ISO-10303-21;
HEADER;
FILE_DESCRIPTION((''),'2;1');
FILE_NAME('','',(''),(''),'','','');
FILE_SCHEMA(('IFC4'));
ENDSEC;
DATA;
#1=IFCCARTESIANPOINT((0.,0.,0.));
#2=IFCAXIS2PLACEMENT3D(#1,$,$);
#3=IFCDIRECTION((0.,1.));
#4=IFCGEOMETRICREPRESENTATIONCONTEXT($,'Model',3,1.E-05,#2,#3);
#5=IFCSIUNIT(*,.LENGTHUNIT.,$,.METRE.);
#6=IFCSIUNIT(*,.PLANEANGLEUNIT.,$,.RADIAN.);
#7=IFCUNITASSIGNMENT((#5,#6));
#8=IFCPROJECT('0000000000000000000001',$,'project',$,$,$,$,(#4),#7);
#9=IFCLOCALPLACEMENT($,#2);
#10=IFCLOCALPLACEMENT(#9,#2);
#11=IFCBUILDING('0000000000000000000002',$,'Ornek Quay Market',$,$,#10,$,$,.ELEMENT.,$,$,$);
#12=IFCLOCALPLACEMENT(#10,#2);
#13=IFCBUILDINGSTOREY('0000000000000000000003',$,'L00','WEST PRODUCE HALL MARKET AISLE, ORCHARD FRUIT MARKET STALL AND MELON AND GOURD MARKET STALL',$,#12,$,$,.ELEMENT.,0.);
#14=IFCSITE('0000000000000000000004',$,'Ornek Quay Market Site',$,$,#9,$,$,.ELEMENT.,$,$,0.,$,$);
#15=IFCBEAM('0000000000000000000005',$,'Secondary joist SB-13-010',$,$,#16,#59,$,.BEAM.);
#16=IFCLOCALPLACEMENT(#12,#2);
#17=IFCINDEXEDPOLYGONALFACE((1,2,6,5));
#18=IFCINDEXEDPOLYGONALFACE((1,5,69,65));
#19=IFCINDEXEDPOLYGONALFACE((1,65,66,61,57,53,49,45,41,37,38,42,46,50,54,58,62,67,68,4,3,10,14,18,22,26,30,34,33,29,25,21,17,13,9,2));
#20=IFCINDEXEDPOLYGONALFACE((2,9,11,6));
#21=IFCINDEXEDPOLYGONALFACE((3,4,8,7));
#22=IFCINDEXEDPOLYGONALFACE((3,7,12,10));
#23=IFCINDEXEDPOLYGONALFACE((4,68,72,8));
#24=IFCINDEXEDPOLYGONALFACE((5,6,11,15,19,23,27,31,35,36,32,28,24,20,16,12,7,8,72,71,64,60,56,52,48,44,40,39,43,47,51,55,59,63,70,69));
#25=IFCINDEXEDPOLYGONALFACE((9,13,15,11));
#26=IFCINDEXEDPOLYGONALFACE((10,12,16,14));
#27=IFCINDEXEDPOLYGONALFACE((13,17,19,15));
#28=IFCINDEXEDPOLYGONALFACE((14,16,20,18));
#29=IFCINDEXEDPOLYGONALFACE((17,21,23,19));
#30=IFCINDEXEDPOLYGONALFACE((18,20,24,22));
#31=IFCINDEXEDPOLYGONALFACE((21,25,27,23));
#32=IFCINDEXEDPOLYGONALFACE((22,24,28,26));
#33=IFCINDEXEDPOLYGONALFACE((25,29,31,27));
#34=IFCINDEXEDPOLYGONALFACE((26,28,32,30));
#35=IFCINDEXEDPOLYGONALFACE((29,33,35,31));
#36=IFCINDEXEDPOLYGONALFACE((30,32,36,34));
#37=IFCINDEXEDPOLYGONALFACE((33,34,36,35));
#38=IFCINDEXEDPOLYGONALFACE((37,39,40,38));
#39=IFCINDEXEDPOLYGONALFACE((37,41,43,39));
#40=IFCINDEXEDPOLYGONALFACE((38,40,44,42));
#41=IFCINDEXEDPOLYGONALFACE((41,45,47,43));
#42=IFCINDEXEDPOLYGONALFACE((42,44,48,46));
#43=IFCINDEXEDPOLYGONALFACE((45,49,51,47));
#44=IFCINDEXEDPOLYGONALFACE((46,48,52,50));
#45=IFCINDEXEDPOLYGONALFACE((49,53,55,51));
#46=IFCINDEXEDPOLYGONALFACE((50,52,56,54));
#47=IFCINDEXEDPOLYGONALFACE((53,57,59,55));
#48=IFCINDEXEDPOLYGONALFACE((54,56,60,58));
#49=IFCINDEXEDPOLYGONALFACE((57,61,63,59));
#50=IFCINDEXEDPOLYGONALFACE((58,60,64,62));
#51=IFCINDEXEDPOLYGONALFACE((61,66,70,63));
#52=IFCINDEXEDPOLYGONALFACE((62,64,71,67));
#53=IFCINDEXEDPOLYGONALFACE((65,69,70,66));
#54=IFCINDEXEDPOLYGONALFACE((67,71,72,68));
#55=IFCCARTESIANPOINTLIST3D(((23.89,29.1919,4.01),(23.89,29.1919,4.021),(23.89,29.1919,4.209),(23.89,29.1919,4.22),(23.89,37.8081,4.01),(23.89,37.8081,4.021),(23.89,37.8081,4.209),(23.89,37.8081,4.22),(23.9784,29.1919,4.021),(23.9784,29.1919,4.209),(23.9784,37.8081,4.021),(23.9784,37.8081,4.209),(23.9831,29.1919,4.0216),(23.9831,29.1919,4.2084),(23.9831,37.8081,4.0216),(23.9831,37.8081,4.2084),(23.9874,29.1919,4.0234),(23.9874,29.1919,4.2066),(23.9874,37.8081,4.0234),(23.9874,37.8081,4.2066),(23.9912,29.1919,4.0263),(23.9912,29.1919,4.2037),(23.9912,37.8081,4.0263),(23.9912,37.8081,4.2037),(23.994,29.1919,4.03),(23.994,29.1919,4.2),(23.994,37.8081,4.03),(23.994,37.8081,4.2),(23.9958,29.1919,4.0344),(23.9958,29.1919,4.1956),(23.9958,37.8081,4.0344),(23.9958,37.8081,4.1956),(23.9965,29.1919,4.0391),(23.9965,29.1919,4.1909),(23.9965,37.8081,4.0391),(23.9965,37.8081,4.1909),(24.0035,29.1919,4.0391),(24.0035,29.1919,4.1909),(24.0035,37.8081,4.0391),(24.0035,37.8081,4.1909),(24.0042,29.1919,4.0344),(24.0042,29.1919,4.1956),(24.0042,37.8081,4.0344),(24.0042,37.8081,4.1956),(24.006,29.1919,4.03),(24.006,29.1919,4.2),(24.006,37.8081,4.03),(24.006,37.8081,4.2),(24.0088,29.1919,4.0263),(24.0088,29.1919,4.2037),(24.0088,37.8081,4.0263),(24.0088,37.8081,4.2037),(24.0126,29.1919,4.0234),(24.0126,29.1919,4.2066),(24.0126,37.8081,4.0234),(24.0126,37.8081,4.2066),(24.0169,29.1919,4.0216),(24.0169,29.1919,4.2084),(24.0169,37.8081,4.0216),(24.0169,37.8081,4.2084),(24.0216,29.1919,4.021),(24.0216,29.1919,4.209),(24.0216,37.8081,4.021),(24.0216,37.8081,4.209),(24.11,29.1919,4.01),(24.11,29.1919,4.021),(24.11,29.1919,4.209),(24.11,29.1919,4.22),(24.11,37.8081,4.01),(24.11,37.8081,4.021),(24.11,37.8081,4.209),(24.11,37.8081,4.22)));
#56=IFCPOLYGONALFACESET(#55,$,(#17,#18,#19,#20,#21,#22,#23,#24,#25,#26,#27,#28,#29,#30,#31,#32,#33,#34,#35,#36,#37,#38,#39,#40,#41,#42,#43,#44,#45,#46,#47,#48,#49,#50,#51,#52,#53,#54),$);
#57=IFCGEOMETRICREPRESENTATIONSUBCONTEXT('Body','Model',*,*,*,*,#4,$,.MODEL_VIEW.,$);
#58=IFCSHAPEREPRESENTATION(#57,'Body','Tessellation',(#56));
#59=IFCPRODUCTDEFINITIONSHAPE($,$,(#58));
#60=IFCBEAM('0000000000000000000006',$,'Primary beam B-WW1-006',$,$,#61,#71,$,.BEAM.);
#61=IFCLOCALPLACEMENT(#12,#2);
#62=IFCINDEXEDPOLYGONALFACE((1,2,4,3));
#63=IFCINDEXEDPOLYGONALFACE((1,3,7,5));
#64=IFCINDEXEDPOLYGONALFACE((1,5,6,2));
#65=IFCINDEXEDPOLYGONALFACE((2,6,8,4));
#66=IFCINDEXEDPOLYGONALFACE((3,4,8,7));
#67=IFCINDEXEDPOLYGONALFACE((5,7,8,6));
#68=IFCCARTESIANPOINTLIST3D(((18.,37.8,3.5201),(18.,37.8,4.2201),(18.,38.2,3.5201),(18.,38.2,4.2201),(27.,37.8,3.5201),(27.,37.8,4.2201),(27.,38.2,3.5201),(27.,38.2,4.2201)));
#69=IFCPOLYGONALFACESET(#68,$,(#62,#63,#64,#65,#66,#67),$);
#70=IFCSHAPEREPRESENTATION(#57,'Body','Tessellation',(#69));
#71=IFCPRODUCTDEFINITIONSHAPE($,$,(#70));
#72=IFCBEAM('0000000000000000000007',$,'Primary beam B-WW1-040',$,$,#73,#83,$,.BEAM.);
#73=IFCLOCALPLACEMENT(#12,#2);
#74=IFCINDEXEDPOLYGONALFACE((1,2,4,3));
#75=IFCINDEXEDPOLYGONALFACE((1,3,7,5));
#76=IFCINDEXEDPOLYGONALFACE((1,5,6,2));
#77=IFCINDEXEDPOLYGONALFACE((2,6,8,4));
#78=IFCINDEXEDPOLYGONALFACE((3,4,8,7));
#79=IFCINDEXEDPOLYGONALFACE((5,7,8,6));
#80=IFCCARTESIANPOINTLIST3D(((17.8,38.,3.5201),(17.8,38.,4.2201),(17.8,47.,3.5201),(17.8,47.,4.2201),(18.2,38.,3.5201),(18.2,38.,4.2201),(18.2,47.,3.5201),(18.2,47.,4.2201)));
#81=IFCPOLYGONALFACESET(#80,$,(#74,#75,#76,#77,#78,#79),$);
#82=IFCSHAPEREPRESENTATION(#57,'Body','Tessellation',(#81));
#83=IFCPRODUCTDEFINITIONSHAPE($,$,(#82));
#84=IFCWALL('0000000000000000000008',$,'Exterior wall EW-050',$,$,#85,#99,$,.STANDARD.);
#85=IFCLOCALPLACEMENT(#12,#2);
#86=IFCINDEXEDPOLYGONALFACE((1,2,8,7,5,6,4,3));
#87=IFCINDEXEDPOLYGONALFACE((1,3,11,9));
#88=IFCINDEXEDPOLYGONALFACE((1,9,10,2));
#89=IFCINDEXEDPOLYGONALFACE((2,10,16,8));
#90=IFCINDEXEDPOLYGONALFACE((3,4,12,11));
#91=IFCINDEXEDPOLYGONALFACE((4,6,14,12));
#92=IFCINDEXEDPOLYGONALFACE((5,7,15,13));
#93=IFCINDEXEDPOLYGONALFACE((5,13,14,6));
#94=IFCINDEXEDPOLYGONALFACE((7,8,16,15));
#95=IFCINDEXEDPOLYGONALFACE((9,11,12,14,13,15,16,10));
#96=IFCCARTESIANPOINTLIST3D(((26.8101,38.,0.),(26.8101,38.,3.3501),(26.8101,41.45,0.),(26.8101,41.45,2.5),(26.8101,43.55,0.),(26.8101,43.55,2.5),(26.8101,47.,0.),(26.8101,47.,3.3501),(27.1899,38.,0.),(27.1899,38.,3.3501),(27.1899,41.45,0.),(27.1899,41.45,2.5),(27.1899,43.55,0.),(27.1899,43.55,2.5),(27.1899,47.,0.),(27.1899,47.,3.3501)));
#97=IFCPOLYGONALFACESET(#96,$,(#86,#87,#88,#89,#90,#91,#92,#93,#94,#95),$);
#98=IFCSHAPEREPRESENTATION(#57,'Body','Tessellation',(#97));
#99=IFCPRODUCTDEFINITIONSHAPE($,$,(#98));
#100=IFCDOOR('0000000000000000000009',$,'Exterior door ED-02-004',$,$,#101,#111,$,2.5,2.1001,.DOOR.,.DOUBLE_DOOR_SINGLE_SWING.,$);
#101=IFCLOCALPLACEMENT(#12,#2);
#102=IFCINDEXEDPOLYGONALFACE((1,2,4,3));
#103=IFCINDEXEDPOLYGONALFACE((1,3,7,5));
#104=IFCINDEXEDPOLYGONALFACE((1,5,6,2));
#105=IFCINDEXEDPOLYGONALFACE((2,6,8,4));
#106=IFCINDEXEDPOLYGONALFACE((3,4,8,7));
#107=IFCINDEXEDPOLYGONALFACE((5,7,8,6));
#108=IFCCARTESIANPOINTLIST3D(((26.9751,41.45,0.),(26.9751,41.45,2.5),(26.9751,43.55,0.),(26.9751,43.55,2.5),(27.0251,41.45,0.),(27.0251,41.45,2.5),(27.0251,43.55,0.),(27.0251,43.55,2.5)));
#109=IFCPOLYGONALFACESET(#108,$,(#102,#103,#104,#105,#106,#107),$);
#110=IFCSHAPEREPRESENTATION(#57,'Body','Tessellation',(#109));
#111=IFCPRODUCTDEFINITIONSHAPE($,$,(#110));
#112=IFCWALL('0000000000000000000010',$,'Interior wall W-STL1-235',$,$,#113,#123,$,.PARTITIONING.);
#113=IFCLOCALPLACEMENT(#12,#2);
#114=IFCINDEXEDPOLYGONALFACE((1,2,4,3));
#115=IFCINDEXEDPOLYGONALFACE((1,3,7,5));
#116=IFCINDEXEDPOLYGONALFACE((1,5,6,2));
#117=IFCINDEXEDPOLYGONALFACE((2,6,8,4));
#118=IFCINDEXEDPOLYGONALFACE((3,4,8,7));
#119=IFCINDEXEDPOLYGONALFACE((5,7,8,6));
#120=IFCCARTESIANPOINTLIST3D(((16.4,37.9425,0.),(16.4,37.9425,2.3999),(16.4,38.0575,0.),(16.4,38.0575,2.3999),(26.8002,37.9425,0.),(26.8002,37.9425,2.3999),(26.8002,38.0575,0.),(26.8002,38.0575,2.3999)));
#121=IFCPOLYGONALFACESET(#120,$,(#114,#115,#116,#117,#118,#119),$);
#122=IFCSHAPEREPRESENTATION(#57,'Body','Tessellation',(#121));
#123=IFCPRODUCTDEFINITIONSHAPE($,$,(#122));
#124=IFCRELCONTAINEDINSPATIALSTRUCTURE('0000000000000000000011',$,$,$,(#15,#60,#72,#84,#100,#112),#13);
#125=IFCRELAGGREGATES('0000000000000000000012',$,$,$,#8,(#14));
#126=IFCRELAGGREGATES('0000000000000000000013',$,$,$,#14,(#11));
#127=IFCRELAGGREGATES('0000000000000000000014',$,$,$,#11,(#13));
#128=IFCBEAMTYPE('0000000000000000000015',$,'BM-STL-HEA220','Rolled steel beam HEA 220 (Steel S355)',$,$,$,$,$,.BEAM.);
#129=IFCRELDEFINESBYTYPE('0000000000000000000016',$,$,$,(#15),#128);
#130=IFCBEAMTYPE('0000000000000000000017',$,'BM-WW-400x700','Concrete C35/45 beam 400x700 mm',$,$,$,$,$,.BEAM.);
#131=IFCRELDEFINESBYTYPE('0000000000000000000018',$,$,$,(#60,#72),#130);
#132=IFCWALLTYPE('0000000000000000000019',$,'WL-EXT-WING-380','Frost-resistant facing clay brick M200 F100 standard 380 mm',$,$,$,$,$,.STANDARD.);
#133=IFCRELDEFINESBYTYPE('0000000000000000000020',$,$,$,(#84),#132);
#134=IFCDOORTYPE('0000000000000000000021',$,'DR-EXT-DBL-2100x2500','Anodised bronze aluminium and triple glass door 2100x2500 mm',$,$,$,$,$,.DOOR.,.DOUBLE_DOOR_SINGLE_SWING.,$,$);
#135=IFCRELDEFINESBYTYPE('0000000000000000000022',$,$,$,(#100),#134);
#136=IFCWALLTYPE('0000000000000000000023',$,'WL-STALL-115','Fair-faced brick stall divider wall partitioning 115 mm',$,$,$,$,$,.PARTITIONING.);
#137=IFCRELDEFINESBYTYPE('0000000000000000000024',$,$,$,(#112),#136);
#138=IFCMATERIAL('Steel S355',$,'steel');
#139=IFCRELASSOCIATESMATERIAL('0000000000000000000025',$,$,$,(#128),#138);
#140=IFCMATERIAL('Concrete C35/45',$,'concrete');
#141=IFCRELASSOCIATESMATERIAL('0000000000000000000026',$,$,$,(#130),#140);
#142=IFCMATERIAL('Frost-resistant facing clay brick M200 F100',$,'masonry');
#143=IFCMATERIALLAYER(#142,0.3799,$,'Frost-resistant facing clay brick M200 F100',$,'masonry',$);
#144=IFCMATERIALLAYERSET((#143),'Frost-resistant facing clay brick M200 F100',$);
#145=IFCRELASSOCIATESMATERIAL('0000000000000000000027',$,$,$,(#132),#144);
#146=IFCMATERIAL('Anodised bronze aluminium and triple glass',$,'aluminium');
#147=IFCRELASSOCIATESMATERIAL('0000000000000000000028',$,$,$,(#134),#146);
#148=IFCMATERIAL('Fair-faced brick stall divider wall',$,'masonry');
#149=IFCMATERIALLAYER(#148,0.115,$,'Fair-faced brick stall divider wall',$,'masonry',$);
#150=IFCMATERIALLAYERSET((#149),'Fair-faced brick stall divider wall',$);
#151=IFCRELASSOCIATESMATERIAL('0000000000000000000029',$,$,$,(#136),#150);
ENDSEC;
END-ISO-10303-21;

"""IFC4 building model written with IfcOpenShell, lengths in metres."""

from ifc_helpers import new_model, si_unit, direction, frame, frame_2d, origin, origin_2d, place, context, subcontext, project, spatial, rectangle, i_section, extrude, material, layer, layer_set, material_profile, profile_set, type_object, element, fill, save


model = new_model("IFC4")

# Units and contexts
model_context = context("Model", 3, precision=1e-05, world=origin(), true_north=direction((0.0, 1.0)))
body_context = subcontext(model_context, "Body", "Model", "MODEL_VIEW")
ifc_project = project(units=[si_unit("LENGTHUNIT", "METRE"), si_unit("PLANEANGLEUNIT", "RADIAN")], contexts=[model_context])

# Site, building, storey
site_placement = place(None, origin())
site = spatial("IfcSite", under=ifc_project, at=site_placement, Name="Ornek Quay Market Site", CompositionType="ELEMENT", RefElevation=0.0)
building_placement = place(site_placement, origin())
building = spatial("IfcBuilding", under=site, at=building_placement, Name="Ornek Quay Market", CompositionType="ELEMENT")
storey_placement = place(building_placement, origin())
storey = spatial("IfcBuildingStorey", under=building, at=storey_placement, Name="L00", Description="WEST PRODUCE HALL MARKET AISLE, ORCHARD FRUIT MARKET STALL AND MELON AND GOURD MARKET STALL", CompositionType="ELEMENT", Elevation=0.0)

# Shared definitions
ifc_material_1 = material(Name="Concrete C35/45", Category="concrete")

# Beams
ifc_material_2 = material(Name="Steel S355", Category="steel")
ifc_material_profile_1 = material_profile(ifc_material_2, i_section(OverallWidth=0.22, OverallDepth=0.21, WebThickness=0.0071, FlangeThickness=0.011, FilletRadius=0.0181, at=origin_2d()), Name="HEA 220", Category="steel")
ifc_profile_set_1 = profile_set([ifc_material_profile_1], Name="Steel S355")
beam_type_1 = type_object("IfcBeamType", Name="BM-STL-HEA220", Description="Rolled steel beam HEA 220 (Steel S355)", PredefinedType="BEAM", material=ifc_profile_set_1)
for number, where, z_axis, x_axis, name in (
    (1, (24.0, 29.1919, 4.115), (0.0, 1.0, 0.0), (-1.0, 0.0, 0.0), "Secondary joist SB-13-010"),
):
    element("IfcBeam", number, at=place(storey_placement, frame(where, z_axis=z_axis, x_axis=x_axis)), inside=storey, type_object=beam_type_1, Name=name, PredefinedType="BEAM", context=body_context, shape_type="SweptSolid", body=[
        extrude(i_section(OverallWidth=0.22, OverallDepth=0.21, WebThickness=0.0071, FlangeThickness=0.011, FilletRadius=0.0181, at=origin_2d()), origin(), (0.0, 0.0, 1.0), 8.6162),
    ])
ifc_material_profile_2 = material_profile(ifc_material_1, rectangle(XDim=0.3999, YDim=0.7, at=origin_2d()), Name="RC 400x700", Category="concrete")
ifc_profile_set_2 = profile_set([ifc_material_profile_2], Name="Concrete C35/45")
beam_type_2 = type_object("IfcBeamType", Name="BM-WW-400x700", Description="Concrete C35/45 beam 400x700 mm", PredefinedType="BEAM", material=ifc_profile_set_2)
for number, where, z_axis, x_axis, name in (
    (2, (18.0, 38.0, 3.8701), (1.0, 0.0, 0.0), (0.0, 1.0, 0.0), "Primary beam B-WW1-006"),
    (3, (18.0, 38.0, 3.8701), (0.0, 1.0, 0.0), (-1.0, 0.0, 0.0), "Primary beam B-WW1-040"),
):
    element("IfcBeam", number, at=place(storey_placement, frame(where, z_axis=z_axis, x_axis=x_axis)), inside=storey, type_object=beam_type_2, Name=name, PredefinedType="BEAM", context=body_context, shape_type="SweptSolid", body=[
        extrude(rectangle(XDim=0.3999, YDim=0.7, at=origin_2d()), origin(), (0.0, 0.0, 1.0), 9.0),
    ])

# Wall, opening, door
ifc_material_3 = material(Name="Frost-resistant facing clay brick M200 F100", Category="masonry")
ifc_layer_1 = layer(ifc_material_3, 0.3799, Name="Frost-resistant facing clay brick M200 F100", Category="masonry")
ifc_layer_set_1 = layer_set([ifc_layer_1], Name="Frost-resistant facing clay brick M200 F100")
wall_type_1 = type_object("IfcWallType", Name="WL-EXT-WING-380", Description="Frost-resistant facing clay brick M200 F100 standard 380 mm", PredefinedType="STANDARD", material=ifc_layer_set_1)
wall_1_placement = place(storey_placement, frame((27.0, 38.0, 0.0), z_axis=(0.0, 0.0, 1.0), x_axis=(0.0, 1.0, 0.0)))
wall_1 = element("IfcWall", 4, at=wall_1_placement, inside=storey, type_object=wall_type_1, Name="Exterior wall EW-050", PredefinedType="STANDARD", context=body_context, shape_type="SweptSolid", body=[
    extrude(rectangle(XDim=9.0, YDim=0.3799, at=frame_2d((4.5, 0.0))), origin(), (0.0, 0.0, 1.0), 3.3501),
])
opening_placement = place(wall_1_placement, frame((3.45, 0.0, 0.0)))
opening = element("IfcOpeningElement", 5, at=opening_placement, cuts=wall_1, PredefinedType="OPENING", context=body_context, shape_type="SweptSolid", body=[
    extrude(rectangle(XDim=2.1001, YDim=2.5, at=frame_2d((1.05, 1.25))), frame((0.0, 0.2, 0.0), z_axis=(0.0, -1.0, 0.0), x_axis=(1.0, 0.0, 0.0)), (0.0, 0.0, 1.0), 0.3999),
])
ifc_material_4 = material(Name="Anodised bronze aluminium and triple glass", Category="aluminium")
door_type = type_object("IfcDoorType", Name="DR-EXT-DBL-2100x2500", Description="Anodised bronze aluminium and triple glass door 2100x2500 mm", OperationType="DOUBLE_DOOR_SINGLE_SWING", PredefinedType="DOOR", material=ifc_material_4)
door_placement = place(opening_placement, origin())
door = element("IfcDoor", 6, at=door_placement, inside=storey, type_object=door_type, Name="Exterior door ED-02-004", OperationType="DOUBLE_DOOR_SINGLE_SWING", OverallHeight=2.5, OverallWidth=2.1001, PredefinedType="DOOR", context=body_context, shape_type="SweptSolid", body=[
    extrude(rectangle(XDim=2.1001, YDim=2.5, at=frame_2d((1.05, 1.25))), frame((0.0, 0.0249, 0.0), z_axis=(0.0, -1.0, 0.0), x_axis=(1.0, 0.0, 0.0)), (0.0, 0.0, 1.0), 0.05),
])
fill(opening, door)

# Wall
ifc_material_5 = material(Name="Fair-faced brick stall divider wall", Category="masonry")
ifc_layer_2 = layer(ifc_material_5, 0.115, Name="Fair-faced brick stall divider wall", Category="masonry")
ifc_layer_set_2 = layer_set([ifc_layer_2], Name="Fair-faced brick stall divider wall")
wall_type_2 = type_object("IfcWallType", Name="WL-STALL-115", Description="Fair-faced brick stall divider wall partitioning 115 mm", PredefinedType="PARTITIONING", material=ifc_layer_set_2)
wall_2_placement = place(storey_placement, frame((16.3999, 38.0, 0.0), z_axis=(0.0, 0.0, 1.0), x_axis=(1.0, 0.0, 0.0)))
element("IfcWall", 7, at=wall_2_placement, inside=storey, type_object=wall_type_2, Name="Interior wall W-STL1-235", PredefinedType="PARTITIONING", context=body_context, shape_type="SweptSolid", body=[
    extrude(rectangle(XDim=10.4001, YDim=0.115, at=frame_2d((5.2002, 0.0))), origin(), (0.0, 0.0, 1.0), 2.3999),
])

save(model, "model.ifc")
